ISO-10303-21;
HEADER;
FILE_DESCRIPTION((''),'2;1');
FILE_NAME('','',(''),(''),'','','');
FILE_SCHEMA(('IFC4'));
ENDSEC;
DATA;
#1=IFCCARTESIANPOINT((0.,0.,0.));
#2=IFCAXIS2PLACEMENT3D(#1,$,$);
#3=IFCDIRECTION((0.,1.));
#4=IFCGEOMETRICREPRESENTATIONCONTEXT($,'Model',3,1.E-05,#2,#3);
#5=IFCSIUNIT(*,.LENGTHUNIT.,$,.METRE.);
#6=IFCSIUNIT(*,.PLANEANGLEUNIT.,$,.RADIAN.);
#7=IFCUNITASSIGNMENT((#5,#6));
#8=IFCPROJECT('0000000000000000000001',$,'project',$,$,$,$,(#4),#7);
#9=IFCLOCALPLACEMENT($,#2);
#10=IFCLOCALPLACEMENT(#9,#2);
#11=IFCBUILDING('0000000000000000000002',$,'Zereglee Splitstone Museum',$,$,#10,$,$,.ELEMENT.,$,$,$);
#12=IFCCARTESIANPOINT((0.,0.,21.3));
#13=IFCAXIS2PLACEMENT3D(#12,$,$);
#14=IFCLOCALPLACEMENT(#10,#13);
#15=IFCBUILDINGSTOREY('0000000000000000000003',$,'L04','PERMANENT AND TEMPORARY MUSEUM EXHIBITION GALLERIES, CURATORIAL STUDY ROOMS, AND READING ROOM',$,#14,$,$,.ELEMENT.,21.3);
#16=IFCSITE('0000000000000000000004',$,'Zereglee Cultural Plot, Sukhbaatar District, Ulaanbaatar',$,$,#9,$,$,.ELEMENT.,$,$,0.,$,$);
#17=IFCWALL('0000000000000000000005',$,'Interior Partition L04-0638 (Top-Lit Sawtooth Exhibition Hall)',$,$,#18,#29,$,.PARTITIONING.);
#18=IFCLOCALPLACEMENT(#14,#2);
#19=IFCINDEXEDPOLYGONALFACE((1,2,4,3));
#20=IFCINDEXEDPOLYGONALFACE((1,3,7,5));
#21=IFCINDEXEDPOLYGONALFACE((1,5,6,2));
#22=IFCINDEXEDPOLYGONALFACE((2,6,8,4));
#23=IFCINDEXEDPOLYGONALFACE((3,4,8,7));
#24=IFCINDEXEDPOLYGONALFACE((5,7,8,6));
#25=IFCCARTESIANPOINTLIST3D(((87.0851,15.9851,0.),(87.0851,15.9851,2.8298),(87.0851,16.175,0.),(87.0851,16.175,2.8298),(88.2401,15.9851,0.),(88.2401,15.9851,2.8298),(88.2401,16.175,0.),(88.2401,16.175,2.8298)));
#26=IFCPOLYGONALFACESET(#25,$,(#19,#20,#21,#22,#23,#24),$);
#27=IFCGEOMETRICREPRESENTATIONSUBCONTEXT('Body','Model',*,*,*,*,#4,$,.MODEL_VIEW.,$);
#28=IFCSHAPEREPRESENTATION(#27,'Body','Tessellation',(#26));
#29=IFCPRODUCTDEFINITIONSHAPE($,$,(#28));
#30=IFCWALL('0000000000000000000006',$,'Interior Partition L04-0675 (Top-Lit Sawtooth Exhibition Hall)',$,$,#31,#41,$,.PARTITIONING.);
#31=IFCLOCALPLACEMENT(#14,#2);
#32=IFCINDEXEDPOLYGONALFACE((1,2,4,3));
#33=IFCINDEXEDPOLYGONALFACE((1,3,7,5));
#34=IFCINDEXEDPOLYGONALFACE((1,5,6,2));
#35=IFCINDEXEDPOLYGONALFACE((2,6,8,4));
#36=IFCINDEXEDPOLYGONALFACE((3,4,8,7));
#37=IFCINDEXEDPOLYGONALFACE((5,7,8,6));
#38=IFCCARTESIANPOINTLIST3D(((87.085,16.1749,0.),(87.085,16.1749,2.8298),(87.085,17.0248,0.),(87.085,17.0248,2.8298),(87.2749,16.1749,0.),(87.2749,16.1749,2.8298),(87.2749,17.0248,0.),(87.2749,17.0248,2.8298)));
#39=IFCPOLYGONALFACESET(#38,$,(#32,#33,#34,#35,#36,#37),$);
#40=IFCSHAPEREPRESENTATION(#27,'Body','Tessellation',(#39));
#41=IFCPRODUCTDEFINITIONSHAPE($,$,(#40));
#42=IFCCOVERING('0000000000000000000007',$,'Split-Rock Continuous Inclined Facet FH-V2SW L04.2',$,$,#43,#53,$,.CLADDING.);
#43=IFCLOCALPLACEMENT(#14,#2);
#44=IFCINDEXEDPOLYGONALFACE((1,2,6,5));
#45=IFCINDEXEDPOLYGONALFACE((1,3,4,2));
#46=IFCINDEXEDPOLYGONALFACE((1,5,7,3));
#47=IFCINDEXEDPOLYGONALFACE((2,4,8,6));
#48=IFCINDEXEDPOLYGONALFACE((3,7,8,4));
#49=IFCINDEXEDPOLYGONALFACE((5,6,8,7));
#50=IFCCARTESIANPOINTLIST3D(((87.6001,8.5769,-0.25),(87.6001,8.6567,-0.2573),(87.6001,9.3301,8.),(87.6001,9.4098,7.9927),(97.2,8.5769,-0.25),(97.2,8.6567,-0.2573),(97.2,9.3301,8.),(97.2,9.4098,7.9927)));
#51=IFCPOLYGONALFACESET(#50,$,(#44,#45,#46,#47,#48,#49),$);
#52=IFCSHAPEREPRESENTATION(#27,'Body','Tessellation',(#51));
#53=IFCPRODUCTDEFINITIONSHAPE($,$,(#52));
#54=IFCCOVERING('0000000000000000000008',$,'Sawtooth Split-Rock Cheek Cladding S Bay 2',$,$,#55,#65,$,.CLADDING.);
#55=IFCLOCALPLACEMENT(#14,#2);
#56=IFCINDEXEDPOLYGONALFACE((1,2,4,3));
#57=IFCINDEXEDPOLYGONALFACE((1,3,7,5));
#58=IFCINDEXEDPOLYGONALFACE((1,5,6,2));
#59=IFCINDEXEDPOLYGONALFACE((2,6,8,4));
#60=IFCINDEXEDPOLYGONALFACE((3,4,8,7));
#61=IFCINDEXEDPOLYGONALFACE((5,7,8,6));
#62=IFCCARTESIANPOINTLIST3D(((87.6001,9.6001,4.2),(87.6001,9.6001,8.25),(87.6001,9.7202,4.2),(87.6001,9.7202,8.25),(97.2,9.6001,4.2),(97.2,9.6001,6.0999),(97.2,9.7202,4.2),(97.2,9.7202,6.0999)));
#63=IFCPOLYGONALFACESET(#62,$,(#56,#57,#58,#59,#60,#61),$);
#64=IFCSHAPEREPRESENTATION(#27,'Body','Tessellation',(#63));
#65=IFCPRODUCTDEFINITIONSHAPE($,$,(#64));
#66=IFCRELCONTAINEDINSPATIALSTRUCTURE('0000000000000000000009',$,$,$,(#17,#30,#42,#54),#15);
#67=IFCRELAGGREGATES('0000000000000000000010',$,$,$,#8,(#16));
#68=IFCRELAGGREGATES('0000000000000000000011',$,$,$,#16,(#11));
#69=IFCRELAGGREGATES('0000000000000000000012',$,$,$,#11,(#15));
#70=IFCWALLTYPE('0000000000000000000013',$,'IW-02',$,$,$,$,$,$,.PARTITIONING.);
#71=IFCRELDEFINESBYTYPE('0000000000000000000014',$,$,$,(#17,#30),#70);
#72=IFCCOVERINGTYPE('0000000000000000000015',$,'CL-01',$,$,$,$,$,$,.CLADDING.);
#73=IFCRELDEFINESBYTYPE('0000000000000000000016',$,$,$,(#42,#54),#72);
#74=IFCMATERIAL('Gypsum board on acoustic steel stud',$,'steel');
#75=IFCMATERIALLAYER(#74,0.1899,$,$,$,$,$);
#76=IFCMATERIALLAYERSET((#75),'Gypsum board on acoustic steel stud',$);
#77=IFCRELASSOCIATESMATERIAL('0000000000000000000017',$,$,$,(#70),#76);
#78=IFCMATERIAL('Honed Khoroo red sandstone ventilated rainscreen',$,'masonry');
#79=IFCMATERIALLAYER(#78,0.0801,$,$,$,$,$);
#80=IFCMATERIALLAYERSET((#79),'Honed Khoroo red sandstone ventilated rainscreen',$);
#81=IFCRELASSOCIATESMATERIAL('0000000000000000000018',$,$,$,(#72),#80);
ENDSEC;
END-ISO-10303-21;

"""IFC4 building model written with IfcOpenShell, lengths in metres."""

from ifc_helpers import new_model, si_unit, direction, frame, frame_2d, origin, place, context, subcontext, project, spatial, polyline, rectangle, outline, extrude, material, layer, layer_set, type_object, element, save


model = new_model("IFC4")

# Units and contexts
model_context = context("Model", 3, precision=1e-05, world=origin(), true_north=direction((0.0, 1.0)))
body_context = subcontext(model_context, "Body", "Model", "MODEL_VIEW")
ifc_project = project(units=[si_unit("LENGTHUNIT", "METRE"), si_unit("PLANEANGLEUNIT", "RADIAN")], contexts=[model_context])

# Site, building, storey
site_placement = place(None, origin())
site = spatial("IfcSite", under=ifc_project, at=site_placement, Name="Zereglee Cultural Plot, Sukhbaatar District, Ulaanbaatar", CompositionType="ELEMENT", RefElevation=0.0)
building_placement = place(site_placement, origin())
building = spatial("IfcBuilding", under=site, at=building_placement, Name="Zereglee Splitstone Museum", CompositionType="ELEMENT")
storey_placement = place(building_placement, frame((0.0, 0.0, 21.3)))
storey = spatial("IfcBuildingStorey", under=building, at=storey_placement, Name="L04", Description="PERMANENT AND TEMPORARY MUSEUM EXHIBITION GALLERIES, CURATORIAL STUDY ROOMS, AND READING ROOM", CompositionType="ELEMENT", Elevation=21.3)

# Walls
ifc_material_1 = material(Name="Gypsum board on acoustic steel stud", Category="steel")
ifc_layer_1 = layer(ifc_material_1, 0.1899)
ifc_layer_set_1 = layer_set([ifc_layer_1], Name="Gypsum board on acoustic steel stud")
wall_type_1 = type_object("IfcWallType", Name="IW-02", PredefinedType="PARTITIONING", material=ifc_layer_set_1)
wall_1_placement = place(storey_placement, frame((87.085, 16.0801, 0.0), z_axis=(0.0, 0.0, 1.0), x_axis=(1.0, 0.0, 0.0)))
element("IfcWall", 1, at=wall_1_placement, inside=storey, type_object=wall_type_1, Name="Interior Partition L04-0638 (Top-Lit Sawtooth Exhibition Hall)", PredefinedType="PARTITIONING", context=body_context, shape_type="SweptSolid", body=[
    extrude(rectangle(XDim=1.155, YDim=0.1899, at=frame_2d((0.5776, 0.0))), origin(), (0.0, 0.0, 1.0), 2.8298),
])
wall_2_placement = place(storey_placement, frame((87.1799, 16.175, 0.0), z_axis=(0.0, 0.0, 1.0), x_axis=(0.0, 1.0, 0.0)))
element("IfcWall", 2, at=wall_2_placement, inside=storey, type_object=wall_type_1, Name="Interior Partition L04-0675 (Top-Lit Sawtooth Exhibition Hall)", PredefinedType="PARTITIONING", context=body_context, shape_type="SweptSolid", body=[
    extrude(rectangle(XDim=0.8499, YDim=0.1899, at=frame_2d((0.4248, 0.0))), origin(), (0.0, 0.0, 1.0), 2.8298),
])

# Coverings
ifc_material_2 = material(Name="Honed Khoroo red sandstone ventilated rainscreen", Category="masonry")
ifc_layer_2 = layer(ifc_material_2, 0.0801)
ifc_layer_set_2 = layer_set([ifc_layer_2], Name="Honed Khoroo red sandstone ventilated rainscreen")
covering_type = type_object("IfcCoveringType", Name="CL-01", PredefinedType="CLADDING", material=ifc_layer_set_2)
covering_1_placement = place(storey_placement, frame((87.6001, 8.5769, -0.25), z_axis=(0.0, -0.995859, 0.090916), x_axis=(1.0, 0.0, 0.0)))
element("IfcCovering", 3, at=covering_1_placement, inside=storey, type_object=covering_type, Name="Split-Rock Continuous Inclined Facet FH-V2SW L04.2", PredefinedType="CLADDING", context=body_context, shape_type="SweptSolid", body=[
    extrude(outline(polyline([(0.0, 0.0), (9.5999, 0.0), (9.5999, 8.2843), (0.0, 8.2843), (0.0, 0.0)])), origin(), (0.0, 0.0, -1.0), 0.0801),
])
covering_2_placement = place(storey_placement, frame((87.6001, 9.6001, 4.2), z_axis=(0.0, -1.0, 0.0), x_axis=(1.0, 0.0, 0.0)))
element("IfcCovering", 4, at=covering_2_placement, inside=storey, type_object=covering_type, Name="Sawtooth Split-Rock Cheek Cladding S Bay 2", PredefinedType="CLADDING", context=body_context, shape_type="SweptSolid", body=[
    extrude(outline(polyline([(0.0, 0.0), (9.5999, 0.0), (9.5999, 1.8999), (0.0, 4.05), (0.0, 0.0)])), origin(), (0.0, 0.0, -1.0), 0.1201),
])

save(model, "model.ifc")
